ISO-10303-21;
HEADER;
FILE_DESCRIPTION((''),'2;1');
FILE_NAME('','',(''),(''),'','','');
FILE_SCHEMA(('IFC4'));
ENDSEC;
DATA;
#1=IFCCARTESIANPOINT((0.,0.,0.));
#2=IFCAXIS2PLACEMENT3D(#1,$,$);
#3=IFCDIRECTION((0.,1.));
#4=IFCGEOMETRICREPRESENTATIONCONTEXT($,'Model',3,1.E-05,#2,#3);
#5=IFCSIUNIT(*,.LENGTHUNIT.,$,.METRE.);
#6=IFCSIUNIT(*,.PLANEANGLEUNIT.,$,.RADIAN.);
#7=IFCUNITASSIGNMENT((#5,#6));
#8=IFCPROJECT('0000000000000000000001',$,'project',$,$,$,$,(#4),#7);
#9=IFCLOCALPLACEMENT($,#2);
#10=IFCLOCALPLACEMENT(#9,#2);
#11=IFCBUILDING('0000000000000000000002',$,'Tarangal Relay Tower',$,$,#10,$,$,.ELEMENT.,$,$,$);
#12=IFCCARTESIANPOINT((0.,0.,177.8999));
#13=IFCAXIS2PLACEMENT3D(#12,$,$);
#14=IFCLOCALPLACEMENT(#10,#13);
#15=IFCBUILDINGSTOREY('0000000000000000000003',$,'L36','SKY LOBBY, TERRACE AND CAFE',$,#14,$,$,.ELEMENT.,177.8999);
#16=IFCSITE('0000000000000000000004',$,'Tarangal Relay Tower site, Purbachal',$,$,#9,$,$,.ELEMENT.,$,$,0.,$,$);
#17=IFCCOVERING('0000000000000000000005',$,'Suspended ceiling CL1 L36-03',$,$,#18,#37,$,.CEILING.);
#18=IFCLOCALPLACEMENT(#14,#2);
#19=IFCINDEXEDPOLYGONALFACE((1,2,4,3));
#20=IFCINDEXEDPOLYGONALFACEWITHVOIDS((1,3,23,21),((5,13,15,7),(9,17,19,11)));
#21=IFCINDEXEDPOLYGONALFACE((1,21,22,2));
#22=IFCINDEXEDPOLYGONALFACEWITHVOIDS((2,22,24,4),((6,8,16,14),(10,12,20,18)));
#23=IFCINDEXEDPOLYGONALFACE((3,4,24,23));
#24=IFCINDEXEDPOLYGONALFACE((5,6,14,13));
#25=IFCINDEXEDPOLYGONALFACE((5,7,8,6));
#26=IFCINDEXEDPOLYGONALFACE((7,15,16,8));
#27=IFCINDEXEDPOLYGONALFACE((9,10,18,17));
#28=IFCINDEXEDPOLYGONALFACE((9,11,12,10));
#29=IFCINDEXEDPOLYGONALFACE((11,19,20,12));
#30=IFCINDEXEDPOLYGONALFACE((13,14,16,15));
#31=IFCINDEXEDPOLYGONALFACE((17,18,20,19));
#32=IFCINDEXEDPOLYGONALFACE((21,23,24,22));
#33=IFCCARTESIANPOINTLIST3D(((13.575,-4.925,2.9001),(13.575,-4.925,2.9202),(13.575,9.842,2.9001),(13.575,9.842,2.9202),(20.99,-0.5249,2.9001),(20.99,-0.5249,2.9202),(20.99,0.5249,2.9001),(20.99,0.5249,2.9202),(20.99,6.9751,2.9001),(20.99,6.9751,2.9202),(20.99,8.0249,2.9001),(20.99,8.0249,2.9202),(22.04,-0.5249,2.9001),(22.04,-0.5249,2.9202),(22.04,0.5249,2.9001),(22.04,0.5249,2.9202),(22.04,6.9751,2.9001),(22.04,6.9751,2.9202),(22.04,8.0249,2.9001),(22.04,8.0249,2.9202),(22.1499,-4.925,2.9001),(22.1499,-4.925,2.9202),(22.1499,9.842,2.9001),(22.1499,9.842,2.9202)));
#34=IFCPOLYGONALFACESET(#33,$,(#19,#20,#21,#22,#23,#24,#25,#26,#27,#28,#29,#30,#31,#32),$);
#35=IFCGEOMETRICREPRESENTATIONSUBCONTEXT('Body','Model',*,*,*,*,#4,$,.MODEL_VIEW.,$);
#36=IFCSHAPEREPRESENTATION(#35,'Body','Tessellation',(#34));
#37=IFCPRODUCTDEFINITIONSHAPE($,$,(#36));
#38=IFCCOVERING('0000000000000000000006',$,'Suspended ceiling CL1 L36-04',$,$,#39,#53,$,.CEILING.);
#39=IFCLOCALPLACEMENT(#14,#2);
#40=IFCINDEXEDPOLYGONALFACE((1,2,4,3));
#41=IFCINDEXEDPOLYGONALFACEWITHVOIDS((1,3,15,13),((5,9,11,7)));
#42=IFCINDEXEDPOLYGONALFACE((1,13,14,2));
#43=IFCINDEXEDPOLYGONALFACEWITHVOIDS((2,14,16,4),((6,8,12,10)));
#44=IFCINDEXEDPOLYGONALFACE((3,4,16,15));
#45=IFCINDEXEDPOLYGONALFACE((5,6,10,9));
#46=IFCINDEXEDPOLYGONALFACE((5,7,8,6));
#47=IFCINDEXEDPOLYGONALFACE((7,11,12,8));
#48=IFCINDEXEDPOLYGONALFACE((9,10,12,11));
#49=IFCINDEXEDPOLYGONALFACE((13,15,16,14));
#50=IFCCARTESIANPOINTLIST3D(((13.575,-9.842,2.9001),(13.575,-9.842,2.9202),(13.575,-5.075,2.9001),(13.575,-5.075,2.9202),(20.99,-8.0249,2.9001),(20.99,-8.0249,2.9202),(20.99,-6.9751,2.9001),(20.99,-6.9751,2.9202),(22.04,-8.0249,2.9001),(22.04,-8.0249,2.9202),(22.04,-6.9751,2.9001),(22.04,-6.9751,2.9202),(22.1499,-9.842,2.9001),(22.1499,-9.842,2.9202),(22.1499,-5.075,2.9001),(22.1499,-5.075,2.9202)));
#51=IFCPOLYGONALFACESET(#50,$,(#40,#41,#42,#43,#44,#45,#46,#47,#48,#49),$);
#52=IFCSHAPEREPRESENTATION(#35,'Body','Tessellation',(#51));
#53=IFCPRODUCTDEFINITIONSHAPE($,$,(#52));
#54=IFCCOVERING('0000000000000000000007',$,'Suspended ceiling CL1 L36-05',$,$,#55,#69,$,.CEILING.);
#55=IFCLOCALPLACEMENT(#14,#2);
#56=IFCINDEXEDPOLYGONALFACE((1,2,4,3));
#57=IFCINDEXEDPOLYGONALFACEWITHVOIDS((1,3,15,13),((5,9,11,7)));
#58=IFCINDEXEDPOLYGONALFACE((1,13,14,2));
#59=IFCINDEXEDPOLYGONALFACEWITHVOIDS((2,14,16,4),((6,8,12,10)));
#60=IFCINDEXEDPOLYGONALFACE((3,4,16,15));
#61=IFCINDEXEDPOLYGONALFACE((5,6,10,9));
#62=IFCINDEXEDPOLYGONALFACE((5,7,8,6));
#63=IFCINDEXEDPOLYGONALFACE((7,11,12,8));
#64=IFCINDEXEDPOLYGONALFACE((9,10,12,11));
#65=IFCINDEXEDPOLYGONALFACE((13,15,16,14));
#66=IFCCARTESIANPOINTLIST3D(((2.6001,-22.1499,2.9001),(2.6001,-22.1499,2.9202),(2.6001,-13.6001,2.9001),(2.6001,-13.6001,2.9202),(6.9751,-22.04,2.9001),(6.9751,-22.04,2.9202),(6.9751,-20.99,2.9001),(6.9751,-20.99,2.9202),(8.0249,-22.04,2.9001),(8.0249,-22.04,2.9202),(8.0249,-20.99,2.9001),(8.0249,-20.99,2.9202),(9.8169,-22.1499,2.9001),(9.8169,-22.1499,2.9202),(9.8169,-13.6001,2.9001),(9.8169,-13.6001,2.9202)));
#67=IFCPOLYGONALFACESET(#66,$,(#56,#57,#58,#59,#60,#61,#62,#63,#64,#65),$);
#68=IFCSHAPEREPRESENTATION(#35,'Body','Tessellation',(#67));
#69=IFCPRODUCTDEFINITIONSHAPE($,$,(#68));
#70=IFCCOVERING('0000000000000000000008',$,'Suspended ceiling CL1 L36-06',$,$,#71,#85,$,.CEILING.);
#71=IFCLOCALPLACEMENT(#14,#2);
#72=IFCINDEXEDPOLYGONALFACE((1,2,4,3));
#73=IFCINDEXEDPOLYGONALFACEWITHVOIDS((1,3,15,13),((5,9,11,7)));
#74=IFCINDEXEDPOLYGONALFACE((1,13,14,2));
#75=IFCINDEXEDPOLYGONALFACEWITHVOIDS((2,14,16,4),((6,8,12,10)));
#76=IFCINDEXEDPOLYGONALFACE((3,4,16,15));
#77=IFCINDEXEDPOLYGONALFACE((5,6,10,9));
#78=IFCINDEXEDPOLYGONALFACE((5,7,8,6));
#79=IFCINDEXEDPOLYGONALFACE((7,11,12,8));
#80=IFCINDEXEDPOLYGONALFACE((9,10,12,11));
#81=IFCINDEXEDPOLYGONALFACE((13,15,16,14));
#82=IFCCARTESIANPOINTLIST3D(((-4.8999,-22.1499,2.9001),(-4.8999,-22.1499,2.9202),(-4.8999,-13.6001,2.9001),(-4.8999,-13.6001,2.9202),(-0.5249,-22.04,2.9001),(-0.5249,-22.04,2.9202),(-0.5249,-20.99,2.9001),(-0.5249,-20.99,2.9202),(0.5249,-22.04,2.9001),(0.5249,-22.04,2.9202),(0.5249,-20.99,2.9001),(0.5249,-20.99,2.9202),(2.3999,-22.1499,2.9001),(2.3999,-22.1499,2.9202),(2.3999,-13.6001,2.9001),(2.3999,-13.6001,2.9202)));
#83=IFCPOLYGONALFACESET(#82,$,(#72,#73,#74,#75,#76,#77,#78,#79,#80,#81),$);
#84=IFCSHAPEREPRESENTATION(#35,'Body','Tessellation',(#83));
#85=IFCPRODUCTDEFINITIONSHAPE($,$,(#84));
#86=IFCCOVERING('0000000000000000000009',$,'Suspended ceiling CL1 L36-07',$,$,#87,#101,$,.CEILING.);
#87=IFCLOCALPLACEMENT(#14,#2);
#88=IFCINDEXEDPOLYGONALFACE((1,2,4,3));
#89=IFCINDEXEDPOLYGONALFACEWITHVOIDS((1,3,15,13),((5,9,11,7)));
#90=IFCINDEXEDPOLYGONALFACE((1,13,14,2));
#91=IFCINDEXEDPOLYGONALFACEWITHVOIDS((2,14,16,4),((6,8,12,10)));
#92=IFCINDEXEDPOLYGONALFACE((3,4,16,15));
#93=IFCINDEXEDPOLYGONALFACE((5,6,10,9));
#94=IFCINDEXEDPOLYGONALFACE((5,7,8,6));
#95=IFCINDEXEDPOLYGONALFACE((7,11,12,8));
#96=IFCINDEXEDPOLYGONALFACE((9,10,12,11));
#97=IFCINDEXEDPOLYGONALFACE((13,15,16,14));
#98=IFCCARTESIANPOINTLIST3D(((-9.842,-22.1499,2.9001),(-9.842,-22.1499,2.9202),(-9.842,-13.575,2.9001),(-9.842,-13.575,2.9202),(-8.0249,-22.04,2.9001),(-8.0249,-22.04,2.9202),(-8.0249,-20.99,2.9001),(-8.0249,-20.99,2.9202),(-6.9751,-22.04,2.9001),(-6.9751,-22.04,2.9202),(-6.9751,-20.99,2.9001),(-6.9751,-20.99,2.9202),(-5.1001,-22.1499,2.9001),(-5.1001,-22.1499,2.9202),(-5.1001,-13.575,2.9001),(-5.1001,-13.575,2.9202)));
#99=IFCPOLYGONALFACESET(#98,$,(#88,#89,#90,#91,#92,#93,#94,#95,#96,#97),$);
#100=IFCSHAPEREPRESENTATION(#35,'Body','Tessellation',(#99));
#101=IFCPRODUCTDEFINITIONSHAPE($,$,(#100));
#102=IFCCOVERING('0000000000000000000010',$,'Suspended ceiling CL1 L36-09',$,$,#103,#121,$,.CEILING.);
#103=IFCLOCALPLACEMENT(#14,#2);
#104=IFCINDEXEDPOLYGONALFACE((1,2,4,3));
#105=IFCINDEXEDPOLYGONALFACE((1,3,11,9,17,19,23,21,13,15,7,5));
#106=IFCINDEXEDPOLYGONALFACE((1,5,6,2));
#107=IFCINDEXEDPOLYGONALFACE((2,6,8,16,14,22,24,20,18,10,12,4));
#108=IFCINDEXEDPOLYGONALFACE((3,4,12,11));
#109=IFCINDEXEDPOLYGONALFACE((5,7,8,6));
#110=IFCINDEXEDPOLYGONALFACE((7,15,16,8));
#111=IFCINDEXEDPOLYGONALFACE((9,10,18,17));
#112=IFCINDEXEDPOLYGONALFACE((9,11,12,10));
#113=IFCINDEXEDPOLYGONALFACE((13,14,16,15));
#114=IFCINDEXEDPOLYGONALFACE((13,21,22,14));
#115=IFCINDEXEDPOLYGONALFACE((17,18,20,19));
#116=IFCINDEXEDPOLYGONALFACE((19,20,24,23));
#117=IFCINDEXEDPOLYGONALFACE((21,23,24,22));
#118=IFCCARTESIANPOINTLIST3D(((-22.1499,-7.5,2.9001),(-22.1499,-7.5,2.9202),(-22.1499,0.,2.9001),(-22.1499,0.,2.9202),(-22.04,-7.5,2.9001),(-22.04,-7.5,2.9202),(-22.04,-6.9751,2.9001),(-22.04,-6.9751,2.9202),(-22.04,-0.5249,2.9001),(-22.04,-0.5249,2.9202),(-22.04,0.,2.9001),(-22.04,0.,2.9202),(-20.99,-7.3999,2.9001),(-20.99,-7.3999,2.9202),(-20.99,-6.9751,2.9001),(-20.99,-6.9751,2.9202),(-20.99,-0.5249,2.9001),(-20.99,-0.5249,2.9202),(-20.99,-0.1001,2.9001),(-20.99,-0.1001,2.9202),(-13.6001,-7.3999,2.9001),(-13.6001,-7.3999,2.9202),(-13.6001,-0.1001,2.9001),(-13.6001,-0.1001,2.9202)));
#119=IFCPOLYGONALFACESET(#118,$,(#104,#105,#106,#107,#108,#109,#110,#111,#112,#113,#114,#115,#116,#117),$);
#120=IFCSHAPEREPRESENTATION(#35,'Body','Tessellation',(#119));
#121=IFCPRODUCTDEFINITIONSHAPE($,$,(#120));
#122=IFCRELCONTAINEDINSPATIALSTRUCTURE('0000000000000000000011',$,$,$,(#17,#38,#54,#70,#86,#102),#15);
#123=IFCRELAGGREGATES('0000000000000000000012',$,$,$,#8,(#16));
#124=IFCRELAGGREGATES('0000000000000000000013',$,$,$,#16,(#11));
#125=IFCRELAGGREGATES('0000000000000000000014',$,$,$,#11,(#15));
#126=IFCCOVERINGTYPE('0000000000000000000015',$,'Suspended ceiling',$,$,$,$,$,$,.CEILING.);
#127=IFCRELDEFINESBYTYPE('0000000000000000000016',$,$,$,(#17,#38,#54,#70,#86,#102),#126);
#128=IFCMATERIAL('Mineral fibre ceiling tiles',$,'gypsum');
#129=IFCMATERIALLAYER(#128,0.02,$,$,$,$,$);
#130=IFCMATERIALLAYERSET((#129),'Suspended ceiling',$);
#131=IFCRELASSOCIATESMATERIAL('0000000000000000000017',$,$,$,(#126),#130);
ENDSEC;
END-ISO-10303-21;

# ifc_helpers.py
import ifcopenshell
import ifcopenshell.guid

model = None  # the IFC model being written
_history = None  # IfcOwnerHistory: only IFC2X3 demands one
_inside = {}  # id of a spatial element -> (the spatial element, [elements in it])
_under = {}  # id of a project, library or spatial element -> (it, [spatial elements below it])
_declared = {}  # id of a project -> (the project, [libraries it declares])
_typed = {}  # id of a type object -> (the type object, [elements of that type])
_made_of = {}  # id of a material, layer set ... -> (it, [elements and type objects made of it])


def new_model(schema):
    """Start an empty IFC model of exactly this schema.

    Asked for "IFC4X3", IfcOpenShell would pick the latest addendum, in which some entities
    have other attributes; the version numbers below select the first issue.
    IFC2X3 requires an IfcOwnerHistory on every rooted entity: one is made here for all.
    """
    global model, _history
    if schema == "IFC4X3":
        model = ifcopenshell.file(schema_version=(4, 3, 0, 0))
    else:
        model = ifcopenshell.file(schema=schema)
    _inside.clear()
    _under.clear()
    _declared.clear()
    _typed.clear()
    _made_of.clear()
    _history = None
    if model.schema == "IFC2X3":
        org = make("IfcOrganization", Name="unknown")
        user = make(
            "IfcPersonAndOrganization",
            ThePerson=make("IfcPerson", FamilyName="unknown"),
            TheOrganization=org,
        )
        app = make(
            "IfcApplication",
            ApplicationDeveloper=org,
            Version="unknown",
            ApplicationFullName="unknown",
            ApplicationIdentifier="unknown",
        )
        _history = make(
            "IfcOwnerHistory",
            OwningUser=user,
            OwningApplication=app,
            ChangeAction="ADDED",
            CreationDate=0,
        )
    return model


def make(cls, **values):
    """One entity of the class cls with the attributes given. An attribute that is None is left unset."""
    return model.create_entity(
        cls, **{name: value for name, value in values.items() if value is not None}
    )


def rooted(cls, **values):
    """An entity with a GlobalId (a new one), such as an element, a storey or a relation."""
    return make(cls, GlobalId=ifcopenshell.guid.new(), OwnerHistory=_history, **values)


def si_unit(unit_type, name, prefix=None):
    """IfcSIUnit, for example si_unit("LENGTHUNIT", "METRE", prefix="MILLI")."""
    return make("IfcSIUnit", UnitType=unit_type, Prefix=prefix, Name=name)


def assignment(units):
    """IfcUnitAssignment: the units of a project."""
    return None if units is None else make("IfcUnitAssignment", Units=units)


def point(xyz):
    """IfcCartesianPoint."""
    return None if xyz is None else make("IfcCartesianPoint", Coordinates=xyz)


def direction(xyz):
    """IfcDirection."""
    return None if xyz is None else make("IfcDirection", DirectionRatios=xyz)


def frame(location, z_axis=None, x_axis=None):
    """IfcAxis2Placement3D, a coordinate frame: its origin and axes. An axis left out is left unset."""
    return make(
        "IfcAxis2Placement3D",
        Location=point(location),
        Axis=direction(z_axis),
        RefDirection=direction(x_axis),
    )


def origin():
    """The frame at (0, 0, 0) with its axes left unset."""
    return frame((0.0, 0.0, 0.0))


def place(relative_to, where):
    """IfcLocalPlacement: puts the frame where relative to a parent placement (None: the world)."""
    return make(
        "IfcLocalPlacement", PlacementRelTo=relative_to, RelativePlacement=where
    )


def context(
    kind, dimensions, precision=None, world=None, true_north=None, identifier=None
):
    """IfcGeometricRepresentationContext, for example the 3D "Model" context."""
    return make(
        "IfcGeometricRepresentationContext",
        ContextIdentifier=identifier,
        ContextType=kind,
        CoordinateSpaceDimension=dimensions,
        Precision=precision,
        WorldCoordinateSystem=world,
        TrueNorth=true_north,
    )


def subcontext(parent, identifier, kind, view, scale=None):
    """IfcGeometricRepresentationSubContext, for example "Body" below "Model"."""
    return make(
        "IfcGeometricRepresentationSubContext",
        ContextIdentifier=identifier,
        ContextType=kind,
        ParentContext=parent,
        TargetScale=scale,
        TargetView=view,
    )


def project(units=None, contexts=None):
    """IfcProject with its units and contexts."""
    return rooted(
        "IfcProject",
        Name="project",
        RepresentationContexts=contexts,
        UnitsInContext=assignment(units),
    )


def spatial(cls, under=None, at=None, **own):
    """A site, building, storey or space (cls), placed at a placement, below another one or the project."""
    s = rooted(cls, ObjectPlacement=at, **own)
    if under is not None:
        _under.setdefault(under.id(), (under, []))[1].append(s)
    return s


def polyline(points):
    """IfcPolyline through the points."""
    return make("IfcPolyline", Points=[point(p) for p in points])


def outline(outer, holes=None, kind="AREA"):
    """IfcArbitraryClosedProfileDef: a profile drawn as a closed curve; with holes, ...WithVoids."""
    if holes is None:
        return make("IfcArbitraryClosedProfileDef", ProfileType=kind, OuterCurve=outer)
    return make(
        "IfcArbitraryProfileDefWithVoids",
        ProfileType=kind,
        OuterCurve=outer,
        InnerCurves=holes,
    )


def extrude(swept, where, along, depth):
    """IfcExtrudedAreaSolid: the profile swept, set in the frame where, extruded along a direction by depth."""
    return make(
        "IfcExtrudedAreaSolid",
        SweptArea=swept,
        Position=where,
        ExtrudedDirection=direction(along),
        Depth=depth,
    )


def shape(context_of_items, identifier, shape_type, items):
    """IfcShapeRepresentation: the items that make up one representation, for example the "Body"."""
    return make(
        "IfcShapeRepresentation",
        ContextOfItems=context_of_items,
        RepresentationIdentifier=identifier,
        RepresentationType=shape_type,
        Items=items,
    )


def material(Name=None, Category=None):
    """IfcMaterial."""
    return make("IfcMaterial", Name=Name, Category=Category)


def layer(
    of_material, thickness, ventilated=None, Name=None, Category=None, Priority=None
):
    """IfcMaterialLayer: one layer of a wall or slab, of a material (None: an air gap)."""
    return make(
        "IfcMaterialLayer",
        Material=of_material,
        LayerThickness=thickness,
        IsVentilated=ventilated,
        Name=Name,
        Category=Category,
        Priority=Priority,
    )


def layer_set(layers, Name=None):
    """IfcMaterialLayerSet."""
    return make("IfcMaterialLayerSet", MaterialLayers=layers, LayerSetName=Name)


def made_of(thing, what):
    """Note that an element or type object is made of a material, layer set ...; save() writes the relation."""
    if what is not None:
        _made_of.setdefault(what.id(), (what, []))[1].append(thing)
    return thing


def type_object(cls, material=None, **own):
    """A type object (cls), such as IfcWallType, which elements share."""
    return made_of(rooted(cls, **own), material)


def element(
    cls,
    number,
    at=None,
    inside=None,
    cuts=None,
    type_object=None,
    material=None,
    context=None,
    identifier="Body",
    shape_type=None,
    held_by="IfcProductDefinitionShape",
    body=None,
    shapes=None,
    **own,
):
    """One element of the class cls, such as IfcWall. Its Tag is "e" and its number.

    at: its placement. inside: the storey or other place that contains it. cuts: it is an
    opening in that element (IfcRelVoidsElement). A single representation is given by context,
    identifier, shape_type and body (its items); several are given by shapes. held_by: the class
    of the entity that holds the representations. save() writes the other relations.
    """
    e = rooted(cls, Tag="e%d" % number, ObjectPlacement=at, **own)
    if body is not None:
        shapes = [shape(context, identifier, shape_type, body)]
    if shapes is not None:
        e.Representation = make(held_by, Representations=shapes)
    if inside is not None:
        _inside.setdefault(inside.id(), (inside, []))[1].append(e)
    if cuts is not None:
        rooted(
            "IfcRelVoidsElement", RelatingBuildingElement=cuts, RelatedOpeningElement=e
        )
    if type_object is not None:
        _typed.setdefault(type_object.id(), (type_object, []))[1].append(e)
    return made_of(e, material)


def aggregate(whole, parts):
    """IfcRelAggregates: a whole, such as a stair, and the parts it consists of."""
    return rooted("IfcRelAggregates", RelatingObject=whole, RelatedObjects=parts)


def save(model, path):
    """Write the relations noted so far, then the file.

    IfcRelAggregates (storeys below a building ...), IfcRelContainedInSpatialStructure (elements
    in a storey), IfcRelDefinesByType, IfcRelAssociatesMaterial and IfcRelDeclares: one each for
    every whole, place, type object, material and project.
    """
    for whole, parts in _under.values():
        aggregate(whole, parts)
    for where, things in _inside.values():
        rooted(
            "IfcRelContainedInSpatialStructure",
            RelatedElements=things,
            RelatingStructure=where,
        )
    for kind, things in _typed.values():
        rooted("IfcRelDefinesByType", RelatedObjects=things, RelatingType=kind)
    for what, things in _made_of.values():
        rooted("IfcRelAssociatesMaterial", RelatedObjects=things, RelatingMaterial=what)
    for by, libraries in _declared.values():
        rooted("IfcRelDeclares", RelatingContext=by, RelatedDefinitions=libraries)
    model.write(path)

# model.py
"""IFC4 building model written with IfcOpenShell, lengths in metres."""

from ifc_helpers import new_model, si_unit, direction, frame, origin, place, context, subcontext, project, spatial, polyline, outline, extrude, material, layer, layer_set, type_object, element, save


model = new_model("IFC4")

# Units and contexts
model_context = context("Model", 3, precision=1e-05, world=origin(), true_north=direction((0.0, 1.0)))
body_context = subcontext(model_context, "Body", "Model", "MODEL_VIEW")
ifc_project = project(units=[si_unit("LENGTHUNIT", "METRE"), si_unit("PLANEANGLEUNIT", "RADIAN")], contexts=[model_context])

# Site, building, storey
site_placement = place(None, origin())
site = spatial("IfcSite", under=ifc_project, at=site_placement, Name="Tarangal Relay Tower site, Purbachal", CompositionType="ELEMENT", RefElevation=0.0)
building_placement = place(site_placement, origin())
building = spatial("IfcBuilding", under=site, at=building_placement, Name="Tarangal Relay Tower", CompositionType="ELEMENT")
storey_placement = place(building_placement, frame((0.0, 0.0, 177.8999)))
storey = spatial("IfcBuildingStorey", under=building, at=storey_placement, Name="L36", Description="SKY LOBBY, TERRACE AND CAFE", CompositionType="ELEMENT", Elevation=177.8999)

# Coverings
ifc_material_1 = material(Name="Mineral fibre ceiling tiles", Category="gypsum")
ifc_layer_1 = layer(ifc_material_1, 0.02)
ifc_layer_set_1 = layer_set([ifc_layer_1], Name="Suspended ceiling")
covering_type_1 = type_object("IfcCoveringType", Name="Suspended ceiling", PredefinedType="CEILING", material=ifc_layer_set_1)
covering_1_placement = place(storey_placement, frame((0.0, 0.0, 2.9001)))
element("IfcCovering", 1, at=covering_1_placement, inside=storey, type_object=covering_type_1, Name="Suspended ceiling CL1 L36-03", PredefinedType="CEILING", context=body_context, shape_type="SweptSolid", body=[
    extrude(outline(polyline([(22.1499, -4.925), (22.1499, 9.842), (13.575, 9.842), (13.575, -4.925), (22.1499, -4.925)]), holes=[polyline([(22.04, -0.5249), (22.04, 0.5249), (20.99, 0.5249), (20.99, -0.5249), (22.04, -0.5249)]), polyline([(22.04, 6.9751), (22.04, 8.0249), (20.99, 8.0249), (20.99, 6.9751), (22.04, 6.9751)])]), origin(), (0.0, 0.0, 1.0), 0.02),
])
covering_2_placement = place(storey_placement, frame((0.0, 0.0, 2.9001)))
element("IfcCovering", 2, at=covering_2_placement, inside=storey, type_object=covering_type_1, Name="Suspended ceiling CL1 L36-04", PredefinedType="CEILING", context=body_context, shape_type="SweptSolid", body=[
    extrude(outline(polyline([(22.1499, -9.842), (22.1499, -5.075), (13.575, -5.075), (13.575, -9.842), (22.1499, -9.842)]), holes=[polyline([(22.04, -6.9751), (20.99, -6.9751), (20.99, -8.0249), (22.04, -8.0249), (22.04, -6.9751)])]), origin(), (0.0, 0.0, 1.0), 0.02),
])
covering_3_placement = place(storey_placement, frame((0.0, 0.0, 2.9001)))
element("IfcCovering", 3, at=covering_3_placement, inside=storey, type_object=covering_type_1, Name="Suspended ceiling CL1 L36-05", PredefinedType="CEILING", context=body_context, shape_type="SweptSolid", body=[
    extrude(outline(polyline([(2.6001, -22.1499), (9.8169, -22.1499), (9.8169, -13.6001), (2.6001, -13.6001), (2.6001, -22.1499)]), holes=[polyline([(8.0249, -20.99), (6.9751, -20.99), (6.9751, -22.04), (8.0249, -22.04), (8.0249, -20.99)])]), origin(), (0.0, 0.0, 1.0), 0.02),
])
covering_4_placement = place(storey_placement, frame((0.0, 0.0, 2.9001)))
element("IfcCovering", 4, at=covering_4_placement, inside=storey, type_object=covering_type_1, Name="Suspended ceiling CL1 L36-06", PredefinedType="CEILING", context=body_context, shape_type="SweptSolid", body=[
    extrude(outline(polyline([(-4.8999, -22.1499), (2.3999, -22.1499), (2.3999, -13.6001), (-4.8999, -13.6001), (-4.8999, -22.1499)]), holes=[polyline([(0.5249, -20.99), (-0.5249, -20.99), (-0.5249, -22.04), (0.5249, -22.04), (0.5249, -20.99)])]), origin(), (0.0, 0.0, 1.0), 0.02),
])
covering_5_placement = place(storey_placement, frame((0.0, 0.0, 2.9001)))
element("IfcCovering", 5, at=covering_5_placement, inside=storey, type_object=covering_type_1, Name="Suspended ceiling CL1 L36-07", PredefinedType="CEILING", context=body_context, shape_type="SweptSolid", body=[
    extrude(outline(polyline([(-9.842, -22.1499), (-5.1001, -22.1499), (-5.1001, -13.575), (-9.842, -13.575), (-9.842, -22.1499)]), holes=[polyline([(-6.9751, -20.99), (-8.0249, -20.99), (-8.0249, -22.04), (-6.9751, -22.04), (-6.9751, -20.99)])]), origin(), (0.0, 0.0, 1.0), 0.02),
])
covering_6_placement = place(storey_placement, frame((0.0, 0.0, 2.9001)))
element("IfcCovering", 6, at=covering_6_placement, inside=storey, type_object=covering_type_1, Name="Suspended ceiling CL1 L36-09", PredefinedType="CEILING", context=body_context, shape_type="SweptSolid", body=[
    extrude(outline(polyline([(-22.1499, 0.0), (-22.1499, -7.5), (-22.04, -7.5), (-22.04, -6.9751), (-20.99, -6.9751), (-20.99, -7.3999), (-13.6001, -7.3999), (-13.6001, -0.1001), (-20.99, -0.1001), (-20.99, -0.5249), (-22.04, -0.5249), (-22.04, 0.0), (-22.1499, 0.0)])), origin(), (0.0, 0.0, 1.0), 0.02),
])

save(model, "model.ifc")
